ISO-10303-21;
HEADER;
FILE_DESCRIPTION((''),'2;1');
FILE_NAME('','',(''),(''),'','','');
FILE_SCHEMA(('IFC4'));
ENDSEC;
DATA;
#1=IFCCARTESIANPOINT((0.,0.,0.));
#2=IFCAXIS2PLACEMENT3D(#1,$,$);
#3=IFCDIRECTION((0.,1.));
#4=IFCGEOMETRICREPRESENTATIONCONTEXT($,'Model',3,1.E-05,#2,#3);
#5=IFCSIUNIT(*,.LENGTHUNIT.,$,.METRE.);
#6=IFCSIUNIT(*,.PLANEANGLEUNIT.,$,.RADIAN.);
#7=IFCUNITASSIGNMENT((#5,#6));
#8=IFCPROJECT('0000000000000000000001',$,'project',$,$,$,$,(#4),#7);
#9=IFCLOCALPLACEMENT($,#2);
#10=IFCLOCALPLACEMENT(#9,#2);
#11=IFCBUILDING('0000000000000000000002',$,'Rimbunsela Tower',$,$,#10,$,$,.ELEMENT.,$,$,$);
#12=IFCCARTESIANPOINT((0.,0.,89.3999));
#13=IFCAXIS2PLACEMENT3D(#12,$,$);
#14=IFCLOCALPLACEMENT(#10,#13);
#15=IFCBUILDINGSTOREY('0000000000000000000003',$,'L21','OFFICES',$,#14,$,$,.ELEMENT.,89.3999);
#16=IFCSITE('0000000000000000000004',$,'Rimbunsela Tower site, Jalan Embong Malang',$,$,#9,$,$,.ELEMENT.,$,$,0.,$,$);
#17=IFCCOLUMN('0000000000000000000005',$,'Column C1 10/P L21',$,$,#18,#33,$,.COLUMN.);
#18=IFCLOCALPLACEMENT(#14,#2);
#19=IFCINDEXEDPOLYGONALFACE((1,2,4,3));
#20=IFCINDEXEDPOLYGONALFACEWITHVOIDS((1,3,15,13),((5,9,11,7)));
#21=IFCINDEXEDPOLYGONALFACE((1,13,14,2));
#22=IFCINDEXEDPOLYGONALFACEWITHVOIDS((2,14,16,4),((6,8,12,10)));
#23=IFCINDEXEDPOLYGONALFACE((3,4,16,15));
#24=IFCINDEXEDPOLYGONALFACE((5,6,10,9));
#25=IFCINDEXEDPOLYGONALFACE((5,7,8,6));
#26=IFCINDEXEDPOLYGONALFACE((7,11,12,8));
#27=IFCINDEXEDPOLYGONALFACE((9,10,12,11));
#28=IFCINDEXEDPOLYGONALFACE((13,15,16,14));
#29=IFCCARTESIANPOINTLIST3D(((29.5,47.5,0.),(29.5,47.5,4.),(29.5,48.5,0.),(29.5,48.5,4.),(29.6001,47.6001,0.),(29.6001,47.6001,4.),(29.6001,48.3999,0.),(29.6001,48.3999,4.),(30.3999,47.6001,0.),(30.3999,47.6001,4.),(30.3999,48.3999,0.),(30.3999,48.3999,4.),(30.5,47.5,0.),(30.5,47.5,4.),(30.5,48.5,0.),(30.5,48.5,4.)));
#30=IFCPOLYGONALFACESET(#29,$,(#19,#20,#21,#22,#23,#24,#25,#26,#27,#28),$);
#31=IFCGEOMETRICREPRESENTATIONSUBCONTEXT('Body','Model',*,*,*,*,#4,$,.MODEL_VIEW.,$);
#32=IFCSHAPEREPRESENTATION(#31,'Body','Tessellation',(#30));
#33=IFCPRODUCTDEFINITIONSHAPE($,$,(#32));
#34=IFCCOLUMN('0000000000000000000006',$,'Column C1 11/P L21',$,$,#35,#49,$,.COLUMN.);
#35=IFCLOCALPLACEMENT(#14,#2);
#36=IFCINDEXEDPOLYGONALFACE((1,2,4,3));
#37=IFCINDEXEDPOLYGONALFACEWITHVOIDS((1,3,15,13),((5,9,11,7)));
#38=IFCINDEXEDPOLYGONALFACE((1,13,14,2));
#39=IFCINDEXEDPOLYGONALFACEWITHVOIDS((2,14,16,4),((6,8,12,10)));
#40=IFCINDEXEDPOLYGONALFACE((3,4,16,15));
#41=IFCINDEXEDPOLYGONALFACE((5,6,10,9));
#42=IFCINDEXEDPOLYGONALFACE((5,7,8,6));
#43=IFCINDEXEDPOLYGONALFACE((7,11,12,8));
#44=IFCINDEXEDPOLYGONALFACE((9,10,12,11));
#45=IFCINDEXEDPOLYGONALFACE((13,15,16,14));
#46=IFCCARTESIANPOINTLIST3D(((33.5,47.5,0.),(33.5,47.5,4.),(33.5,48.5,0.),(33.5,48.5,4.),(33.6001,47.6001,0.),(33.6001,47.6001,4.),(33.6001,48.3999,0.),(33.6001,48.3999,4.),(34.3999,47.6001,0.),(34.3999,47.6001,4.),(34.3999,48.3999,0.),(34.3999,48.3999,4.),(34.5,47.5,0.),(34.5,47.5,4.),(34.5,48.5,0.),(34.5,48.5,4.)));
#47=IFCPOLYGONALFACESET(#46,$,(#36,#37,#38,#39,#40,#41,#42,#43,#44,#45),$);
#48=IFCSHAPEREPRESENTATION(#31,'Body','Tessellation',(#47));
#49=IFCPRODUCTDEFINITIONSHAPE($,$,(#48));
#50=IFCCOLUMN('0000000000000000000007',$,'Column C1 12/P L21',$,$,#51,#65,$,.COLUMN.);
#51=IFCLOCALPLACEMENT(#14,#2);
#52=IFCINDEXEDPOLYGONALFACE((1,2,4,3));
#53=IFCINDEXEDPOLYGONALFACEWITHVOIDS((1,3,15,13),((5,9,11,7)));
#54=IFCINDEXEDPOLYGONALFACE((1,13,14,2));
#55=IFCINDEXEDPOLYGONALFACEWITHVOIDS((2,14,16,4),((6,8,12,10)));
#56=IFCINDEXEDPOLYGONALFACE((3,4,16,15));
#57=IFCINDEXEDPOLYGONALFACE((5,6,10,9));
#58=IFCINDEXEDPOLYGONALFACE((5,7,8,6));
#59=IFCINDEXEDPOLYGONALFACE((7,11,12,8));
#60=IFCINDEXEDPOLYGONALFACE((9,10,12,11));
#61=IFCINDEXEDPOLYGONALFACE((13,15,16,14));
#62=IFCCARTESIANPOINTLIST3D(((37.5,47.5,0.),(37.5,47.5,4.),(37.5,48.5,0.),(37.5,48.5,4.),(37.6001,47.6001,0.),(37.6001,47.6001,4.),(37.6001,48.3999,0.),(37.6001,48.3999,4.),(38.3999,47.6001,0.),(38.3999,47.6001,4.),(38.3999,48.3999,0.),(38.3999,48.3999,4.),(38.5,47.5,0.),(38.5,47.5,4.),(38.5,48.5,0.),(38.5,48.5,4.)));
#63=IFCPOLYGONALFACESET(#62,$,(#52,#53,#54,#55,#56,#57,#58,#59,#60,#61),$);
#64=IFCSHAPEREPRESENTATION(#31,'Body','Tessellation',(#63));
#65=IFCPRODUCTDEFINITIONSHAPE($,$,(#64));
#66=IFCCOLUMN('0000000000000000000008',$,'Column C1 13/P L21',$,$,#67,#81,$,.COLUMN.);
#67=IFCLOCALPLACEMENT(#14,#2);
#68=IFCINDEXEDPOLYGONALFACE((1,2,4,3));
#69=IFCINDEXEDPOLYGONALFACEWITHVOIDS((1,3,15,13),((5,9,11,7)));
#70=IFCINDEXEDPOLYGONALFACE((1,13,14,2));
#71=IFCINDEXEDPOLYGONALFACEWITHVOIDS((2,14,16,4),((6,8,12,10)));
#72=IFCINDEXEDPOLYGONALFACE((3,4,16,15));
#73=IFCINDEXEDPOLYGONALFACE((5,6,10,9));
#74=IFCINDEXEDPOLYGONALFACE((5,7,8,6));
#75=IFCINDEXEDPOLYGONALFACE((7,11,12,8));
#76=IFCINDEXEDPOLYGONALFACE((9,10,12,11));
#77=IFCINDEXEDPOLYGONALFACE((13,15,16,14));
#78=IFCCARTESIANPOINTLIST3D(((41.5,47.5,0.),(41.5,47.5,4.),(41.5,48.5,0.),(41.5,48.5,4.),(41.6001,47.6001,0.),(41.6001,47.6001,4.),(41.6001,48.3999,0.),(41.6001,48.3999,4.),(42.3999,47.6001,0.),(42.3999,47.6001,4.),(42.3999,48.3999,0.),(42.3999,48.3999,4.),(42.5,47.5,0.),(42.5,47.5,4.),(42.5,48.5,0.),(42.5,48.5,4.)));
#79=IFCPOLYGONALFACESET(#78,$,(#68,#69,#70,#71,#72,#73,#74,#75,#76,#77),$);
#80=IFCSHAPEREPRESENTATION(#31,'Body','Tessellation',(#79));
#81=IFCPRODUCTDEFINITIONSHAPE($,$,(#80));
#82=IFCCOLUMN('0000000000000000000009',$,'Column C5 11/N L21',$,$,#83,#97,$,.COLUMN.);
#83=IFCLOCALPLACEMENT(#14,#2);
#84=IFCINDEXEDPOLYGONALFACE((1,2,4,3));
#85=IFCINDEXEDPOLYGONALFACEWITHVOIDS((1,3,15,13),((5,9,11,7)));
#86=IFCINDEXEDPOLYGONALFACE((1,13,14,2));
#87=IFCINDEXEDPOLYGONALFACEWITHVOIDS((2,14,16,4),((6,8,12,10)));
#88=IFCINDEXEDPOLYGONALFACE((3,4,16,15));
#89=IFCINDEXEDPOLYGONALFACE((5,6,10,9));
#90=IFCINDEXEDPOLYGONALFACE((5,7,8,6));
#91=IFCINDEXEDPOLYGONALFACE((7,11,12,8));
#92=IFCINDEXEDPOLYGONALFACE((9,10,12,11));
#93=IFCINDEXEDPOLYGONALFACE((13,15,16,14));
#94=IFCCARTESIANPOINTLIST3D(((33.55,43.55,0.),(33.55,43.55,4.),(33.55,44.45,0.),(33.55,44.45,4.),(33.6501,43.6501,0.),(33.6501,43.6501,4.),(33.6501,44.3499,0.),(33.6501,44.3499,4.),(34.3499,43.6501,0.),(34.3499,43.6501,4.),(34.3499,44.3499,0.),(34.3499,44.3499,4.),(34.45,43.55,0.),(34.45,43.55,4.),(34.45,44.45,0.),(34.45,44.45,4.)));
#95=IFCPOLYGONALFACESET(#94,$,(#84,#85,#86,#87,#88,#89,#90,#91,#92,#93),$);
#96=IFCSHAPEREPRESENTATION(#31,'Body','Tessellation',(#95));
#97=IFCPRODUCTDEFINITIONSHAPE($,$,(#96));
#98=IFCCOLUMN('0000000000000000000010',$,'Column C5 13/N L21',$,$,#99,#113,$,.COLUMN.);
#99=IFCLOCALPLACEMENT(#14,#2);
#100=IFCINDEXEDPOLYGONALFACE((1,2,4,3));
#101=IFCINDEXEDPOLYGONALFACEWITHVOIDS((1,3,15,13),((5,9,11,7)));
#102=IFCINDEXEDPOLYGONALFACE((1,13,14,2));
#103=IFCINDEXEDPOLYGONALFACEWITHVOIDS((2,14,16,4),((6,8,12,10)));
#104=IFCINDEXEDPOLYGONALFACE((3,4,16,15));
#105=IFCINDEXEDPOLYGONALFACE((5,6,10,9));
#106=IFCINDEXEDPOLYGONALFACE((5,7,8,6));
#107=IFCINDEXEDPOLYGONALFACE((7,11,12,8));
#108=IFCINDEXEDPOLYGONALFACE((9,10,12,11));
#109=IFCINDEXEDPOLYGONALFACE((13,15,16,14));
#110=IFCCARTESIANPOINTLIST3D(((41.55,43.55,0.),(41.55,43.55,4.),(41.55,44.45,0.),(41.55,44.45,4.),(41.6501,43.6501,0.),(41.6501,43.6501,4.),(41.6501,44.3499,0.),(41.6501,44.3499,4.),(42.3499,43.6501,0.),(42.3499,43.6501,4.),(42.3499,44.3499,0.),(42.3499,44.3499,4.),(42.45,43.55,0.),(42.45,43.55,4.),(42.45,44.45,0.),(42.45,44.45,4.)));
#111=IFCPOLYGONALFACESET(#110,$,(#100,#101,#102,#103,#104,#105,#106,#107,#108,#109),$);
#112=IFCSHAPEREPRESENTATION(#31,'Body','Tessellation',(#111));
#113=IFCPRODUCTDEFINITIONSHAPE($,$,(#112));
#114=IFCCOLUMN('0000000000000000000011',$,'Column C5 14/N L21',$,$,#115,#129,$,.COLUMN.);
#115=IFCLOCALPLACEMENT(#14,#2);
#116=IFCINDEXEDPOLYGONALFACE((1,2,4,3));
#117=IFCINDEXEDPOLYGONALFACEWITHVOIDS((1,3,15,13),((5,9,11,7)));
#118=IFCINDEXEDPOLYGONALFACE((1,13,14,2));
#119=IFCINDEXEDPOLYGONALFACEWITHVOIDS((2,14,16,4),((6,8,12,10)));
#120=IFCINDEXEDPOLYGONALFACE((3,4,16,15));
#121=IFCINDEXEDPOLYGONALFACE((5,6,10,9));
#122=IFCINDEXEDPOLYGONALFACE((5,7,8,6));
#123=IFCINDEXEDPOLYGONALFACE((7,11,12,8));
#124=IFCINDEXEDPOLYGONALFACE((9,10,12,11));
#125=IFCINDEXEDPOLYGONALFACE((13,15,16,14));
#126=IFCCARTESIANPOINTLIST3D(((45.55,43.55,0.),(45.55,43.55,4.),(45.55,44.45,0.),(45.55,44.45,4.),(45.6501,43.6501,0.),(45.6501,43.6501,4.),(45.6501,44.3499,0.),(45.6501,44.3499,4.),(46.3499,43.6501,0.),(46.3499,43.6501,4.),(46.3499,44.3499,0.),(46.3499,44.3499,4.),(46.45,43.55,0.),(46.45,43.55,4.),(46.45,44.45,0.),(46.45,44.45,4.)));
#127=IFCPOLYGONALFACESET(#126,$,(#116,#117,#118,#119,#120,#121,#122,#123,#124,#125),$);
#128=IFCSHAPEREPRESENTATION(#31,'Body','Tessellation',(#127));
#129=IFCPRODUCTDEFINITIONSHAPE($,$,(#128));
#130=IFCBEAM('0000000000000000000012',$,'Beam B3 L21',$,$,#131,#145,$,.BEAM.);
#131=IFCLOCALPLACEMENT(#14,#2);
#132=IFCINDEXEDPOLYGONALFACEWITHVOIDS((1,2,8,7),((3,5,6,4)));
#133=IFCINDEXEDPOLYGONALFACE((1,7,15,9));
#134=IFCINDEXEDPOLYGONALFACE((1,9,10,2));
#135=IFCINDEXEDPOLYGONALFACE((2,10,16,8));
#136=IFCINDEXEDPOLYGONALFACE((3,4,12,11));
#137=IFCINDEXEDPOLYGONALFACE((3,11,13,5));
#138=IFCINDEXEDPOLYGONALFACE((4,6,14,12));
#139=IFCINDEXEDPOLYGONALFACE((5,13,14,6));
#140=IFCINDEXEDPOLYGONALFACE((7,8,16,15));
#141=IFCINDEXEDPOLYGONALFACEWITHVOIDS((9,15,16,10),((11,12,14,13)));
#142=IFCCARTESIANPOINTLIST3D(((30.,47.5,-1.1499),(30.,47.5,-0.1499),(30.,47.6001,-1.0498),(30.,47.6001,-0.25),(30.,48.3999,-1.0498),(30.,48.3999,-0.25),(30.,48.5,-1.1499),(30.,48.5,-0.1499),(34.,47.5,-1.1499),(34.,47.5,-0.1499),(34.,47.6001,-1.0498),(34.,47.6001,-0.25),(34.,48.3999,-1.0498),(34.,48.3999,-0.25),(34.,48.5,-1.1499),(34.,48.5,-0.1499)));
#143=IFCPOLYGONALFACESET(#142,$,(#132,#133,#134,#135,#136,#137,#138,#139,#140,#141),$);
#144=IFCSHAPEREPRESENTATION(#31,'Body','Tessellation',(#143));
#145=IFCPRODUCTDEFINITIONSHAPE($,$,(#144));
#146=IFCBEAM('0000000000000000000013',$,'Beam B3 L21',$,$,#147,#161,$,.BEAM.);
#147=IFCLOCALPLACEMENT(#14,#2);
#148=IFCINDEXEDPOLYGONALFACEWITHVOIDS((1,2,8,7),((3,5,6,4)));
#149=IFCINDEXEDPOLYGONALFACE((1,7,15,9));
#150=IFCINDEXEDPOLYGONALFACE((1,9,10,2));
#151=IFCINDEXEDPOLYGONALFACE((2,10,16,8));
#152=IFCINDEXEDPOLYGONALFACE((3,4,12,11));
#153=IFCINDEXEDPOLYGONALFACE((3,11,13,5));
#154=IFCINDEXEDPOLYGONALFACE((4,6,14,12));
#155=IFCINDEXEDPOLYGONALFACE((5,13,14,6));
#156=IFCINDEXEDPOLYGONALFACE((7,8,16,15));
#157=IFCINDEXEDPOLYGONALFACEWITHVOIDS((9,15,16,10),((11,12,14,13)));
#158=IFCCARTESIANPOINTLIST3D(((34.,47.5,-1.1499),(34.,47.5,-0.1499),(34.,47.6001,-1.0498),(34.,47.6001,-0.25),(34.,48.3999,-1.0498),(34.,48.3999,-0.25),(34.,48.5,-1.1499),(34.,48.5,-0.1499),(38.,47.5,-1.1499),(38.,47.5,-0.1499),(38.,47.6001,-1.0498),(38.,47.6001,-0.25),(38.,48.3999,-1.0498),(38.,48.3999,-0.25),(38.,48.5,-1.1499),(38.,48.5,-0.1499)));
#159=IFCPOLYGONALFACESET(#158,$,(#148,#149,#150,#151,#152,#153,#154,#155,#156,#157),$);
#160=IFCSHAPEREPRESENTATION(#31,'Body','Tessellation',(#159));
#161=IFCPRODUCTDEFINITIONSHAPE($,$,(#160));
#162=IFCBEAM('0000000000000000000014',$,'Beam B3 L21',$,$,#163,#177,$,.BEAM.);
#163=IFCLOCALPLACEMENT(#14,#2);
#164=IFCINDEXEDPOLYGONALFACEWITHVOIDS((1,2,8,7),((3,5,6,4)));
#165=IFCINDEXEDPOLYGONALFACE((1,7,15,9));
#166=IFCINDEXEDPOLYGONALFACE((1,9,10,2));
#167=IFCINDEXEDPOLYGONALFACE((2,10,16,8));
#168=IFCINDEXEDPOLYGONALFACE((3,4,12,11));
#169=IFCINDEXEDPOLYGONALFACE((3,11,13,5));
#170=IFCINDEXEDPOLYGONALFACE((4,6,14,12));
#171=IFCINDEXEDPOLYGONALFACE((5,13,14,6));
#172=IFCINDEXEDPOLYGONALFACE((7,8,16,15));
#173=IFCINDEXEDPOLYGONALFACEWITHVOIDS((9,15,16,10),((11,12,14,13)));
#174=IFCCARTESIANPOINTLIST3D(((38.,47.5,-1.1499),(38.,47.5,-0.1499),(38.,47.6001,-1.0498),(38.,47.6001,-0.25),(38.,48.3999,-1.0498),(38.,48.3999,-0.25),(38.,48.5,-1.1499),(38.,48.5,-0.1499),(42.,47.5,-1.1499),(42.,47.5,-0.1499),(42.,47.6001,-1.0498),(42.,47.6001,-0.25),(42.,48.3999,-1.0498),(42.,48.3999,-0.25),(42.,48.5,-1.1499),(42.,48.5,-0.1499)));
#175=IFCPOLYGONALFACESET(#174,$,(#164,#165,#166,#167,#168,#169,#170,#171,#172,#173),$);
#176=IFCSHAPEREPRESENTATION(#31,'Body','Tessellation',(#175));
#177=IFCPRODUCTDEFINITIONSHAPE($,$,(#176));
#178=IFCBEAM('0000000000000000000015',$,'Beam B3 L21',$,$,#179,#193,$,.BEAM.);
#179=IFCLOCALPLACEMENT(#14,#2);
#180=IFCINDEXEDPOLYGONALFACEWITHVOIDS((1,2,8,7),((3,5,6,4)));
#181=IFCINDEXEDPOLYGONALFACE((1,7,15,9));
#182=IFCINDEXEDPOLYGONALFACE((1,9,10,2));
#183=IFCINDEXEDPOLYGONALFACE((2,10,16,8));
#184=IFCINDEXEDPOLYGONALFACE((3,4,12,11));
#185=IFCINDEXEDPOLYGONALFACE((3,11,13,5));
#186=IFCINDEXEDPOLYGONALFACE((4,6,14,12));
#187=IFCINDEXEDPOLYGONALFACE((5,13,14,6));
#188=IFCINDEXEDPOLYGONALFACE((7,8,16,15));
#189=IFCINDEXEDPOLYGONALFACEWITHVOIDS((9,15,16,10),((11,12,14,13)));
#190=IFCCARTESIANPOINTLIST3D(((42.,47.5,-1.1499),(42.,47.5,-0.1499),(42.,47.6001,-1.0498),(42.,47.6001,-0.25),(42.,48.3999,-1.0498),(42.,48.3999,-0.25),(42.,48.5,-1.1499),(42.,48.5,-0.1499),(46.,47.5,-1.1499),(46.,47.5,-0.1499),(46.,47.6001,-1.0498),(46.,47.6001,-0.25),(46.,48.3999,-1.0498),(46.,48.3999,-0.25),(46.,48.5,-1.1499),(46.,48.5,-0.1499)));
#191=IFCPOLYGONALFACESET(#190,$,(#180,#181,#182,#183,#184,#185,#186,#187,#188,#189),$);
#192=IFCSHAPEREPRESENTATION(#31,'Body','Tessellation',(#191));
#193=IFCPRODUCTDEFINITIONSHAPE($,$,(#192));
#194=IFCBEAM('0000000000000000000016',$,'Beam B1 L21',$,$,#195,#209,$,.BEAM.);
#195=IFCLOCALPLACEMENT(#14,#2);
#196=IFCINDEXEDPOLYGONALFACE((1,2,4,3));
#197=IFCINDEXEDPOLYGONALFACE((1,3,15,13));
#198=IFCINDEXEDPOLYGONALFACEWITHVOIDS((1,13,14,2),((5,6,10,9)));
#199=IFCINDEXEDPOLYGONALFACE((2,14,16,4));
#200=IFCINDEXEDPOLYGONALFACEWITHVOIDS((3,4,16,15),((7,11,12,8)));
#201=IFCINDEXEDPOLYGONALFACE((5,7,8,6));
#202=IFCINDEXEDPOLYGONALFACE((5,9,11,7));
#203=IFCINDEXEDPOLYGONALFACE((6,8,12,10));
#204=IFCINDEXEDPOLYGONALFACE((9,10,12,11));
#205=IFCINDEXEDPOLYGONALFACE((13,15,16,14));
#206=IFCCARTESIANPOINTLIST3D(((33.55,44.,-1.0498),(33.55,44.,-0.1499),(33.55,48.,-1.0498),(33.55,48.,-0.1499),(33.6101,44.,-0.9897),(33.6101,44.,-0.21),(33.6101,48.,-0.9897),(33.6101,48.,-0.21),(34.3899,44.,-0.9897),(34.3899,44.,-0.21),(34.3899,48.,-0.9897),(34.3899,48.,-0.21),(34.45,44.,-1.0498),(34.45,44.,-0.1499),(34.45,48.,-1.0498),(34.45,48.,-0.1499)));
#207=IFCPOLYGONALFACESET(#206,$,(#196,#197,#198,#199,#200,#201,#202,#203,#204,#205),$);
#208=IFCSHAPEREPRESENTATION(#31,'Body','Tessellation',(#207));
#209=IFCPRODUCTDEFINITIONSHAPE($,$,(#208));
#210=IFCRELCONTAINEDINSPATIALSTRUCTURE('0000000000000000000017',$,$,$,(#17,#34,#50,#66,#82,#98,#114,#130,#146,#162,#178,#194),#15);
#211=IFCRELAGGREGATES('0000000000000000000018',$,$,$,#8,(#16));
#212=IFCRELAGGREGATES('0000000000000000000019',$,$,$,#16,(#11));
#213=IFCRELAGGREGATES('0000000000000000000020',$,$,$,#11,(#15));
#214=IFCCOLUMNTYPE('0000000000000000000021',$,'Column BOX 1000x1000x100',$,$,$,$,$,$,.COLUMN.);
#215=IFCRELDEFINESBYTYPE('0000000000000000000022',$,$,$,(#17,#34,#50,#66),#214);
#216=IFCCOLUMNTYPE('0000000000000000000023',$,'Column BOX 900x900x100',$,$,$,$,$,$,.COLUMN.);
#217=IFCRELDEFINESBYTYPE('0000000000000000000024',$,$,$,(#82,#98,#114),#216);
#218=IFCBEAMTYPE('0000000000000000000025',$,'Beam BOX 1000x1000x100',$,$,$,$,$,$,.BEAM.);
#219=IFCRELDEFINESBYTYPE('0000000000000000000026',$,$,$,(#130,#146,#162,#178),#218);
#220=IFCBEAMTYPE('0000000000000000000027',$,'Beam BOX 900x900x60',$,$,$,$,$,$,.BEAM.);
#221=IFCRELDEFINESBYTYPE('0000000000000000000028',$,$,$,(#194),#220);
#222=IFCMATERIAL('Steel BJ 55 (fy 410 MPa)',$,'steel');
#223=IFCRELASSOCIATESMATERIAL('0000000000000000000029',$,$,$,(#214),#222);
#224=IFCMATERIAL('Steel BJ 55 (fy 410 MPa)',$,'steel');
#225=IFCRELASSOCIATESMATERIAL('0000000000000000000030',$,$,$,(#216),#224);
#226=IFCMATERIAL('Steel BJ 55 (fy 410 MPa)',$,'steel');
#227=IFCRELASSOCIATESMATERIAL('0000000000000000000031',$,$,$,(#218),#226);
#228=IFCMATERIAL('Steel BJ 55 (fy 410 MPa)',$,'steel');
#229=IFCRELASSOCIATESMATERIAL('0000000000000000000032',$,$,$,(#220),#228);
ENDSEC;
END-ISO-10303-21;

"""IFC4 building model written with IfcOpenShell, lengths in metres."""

from ifc_helpers import new_model, si_unit, direction, frame, origin, origin_2d, place, context, subcontext, project, spatial, hollow_rectangle, extrude, material, material_profile, profile_set, type_object, element, save


model = new_model("IFC4")

# Units and contexts
model_context = context("Model", 3, precision=1e-05, world=origin(), true_north=direction((0.0, 1.0)))
body_context = subcontext(model_context, "Body", "Model", "MODEL_VIEW")
ifc_project = project(units=[si_unit("LENGTHUNIT", "METRE"), si_unit("PLANEANGLEUNIT", "RADIAN")], contexts=[model_context])

# Site, building, storey
site_placement = place(None, origin())
site = spatial("IfcSite", under=ifc_project, at=site_placement, Name="Rimbunsela Tower site, Jalan Embong Malang", CompositionType="ELEMENT", RefElevation=0.0)
building_placement = place(site_placement, origin())
building = spatial("IfcBuilding", under=site, at=building_placement, Name="Rimbunsela Tower", CompositionType="ELEMENT")
storey_placement = place(building_placement, frame((0.0, 0.0, 89.3999)))
storey = spatial("IfcBuildingStorey", under=building, at=storey_placement, Name="L21", Description="OFFICES", CompositionType="ELEMENT", Elevation=89.3999)

# Columns
ifc_material_1 = material(Name="Steel BJ 55 (fy 410 MPa)", Category="steel")
ifc_material_profile_1 = material_profile(ifc_material_1, hollow_rectangle(XDim=1.0, YDim=1.0, WallThickness=0.1001, at=origin_2d()), Name="BOX 1000x1000x100")
ifc_profile_set_1 = profile_set([ifc_material_profile_1], Name="Steel BJ 55 (fy 410 MPa)")
column_type_1 = type_object("IfcColumnType", Name="Column BOX 1000x1000x100", PredefinedType="COLUMN", material=ifc_profile_set_1)
for number, where, z_axis, x_axis, name in (
    (1, (30.0, 48.0, 0.0), (0.0, 0.0, 1.0), (1.0, 0.0, 0.0), "Column C1 10/P L21"),
    (2, (34.0, 48.0, 0.0), (0.0, 0.0, 1.0), (1.0, 0.0, 0.0), "Column C1 11/P L21"),
    (3, (38.0, 48.0, 0.0), (0.0, 0.0, 1.0), (1.0, 0.0, 0.0), "Column C1 12/P L21"),
    (4, (42.0, 48.0, 0.0), (0.0, 0.0, 1.0), (1.0, 0.0, 0.0), "Column C1 13/P L21"),
):
    element("IfcColumn", number, at=place(storey_placement, frame(where, z_axis=z_axis, x_axis=x_axis)), inside=storey, type_object=column_type_1, Name=name, PredefinedType="COLUMN", context=body_context, shape_type="SweptSolid", body=[
        extrude(hollow_rectangle(XDim=1.0, YDim=1.0, WallThickness=0.1001, at=origin_2d()), origin(), (0.0, 0.0, 1.0), 4.0),
    ])
ifc_material_2 = material(Name="Steel BJ 55 (fy 410 MPa)", Category="steel")
ifc_material_profile_2 = material_profile(ifc_material_2, hollow_rectangle(XDim=0.8999, YDim=0.8999, WallThickness=0.1001, at=origin_2d()), Name="BOX 900x900x100")
ifc_profile_set_2 = profile_set([ifc_material_profile_2], Name="Steel BJ 55 (fy 410 MPa)")
column_type_2 = type_object("IfcColumnType", Name="Column BOX 900x900x100", PredefinedType="COLUMN", material=ifc_profile_set_2)
for number, where, z_axis, x_axis, name in (
    (5, (34.0, 44.0, 0.0), (0.0, 0.0, 1.0), (1.0, 0.0, 0.0), "Column C5 11/N L21"),
    (6, (42.0, 44.0, 0.0), (0.0, 0.0, 1.0), (1.0, 0.0, 0.0), "Column C5 13/N L21"),
    (7, (46.0, 44.0, 0.0), (0.0, 0.0, 1.0), (1.0, 0.0, 0.0), "Column C5 14/N L21"),
):
    element("IfcColumn", number, at=place(storey_placement, frame(where, z_axis=z_axis, x_axis=x_axis)), inside=storey, type_object=column_type_2, Name=name, PredefinedType="COLUMN", context=body_context, shape_type="SweptSolid", body=[
        extrude(hollow_rectangle(XDim=0.8999, YDim=0.8999, WallThickness=0.1001, at=origin_2d()), origin(), (0.0, 0.0, 1.0), 4.0),
    ])

# Beams
ifc_material_3 = material(Name="Steel BJ 55 (fy 410 MPa)", Category="steel")
ifc_material_profile_3 = material_profile(ifc_material_3, hollow_rectangle(XDim=1.0, YDim=1.0, WallThickness=0.1001, at=origin_2d()), Name="BOX 1000x1000x100")
ifc_profile_set_3 = profile_set([ifc_material_profile_3], Name="Steel BJ 55 (fy 410 MPa)")
beam_type_1 = type_object("IfcBeamType", Name="Beam BOX 1000x1000x100", PredefinedType="BEAM", material=ifc_profile_set_3)
for number, where, z_axis, x_axis, name in (
    (8, (30.0, 48.0, -0.6499), (1.0, 0.0, 0.0), (0.0, 1.0, 0.0), "Beam B3 L21"),
    (9, (34.0, 48.0, -0.6499), (1.0, 0.0, 0.0), (0.0, 1.0, 0.0), "Beam B3 L21"),
    (10, (38.0, 48.0, -0.6499), (1.0, 0.0, 0.0), (0.0, 1.0, 0.0), "Beam B3 L21"),
    (11, (42.0, 48.0, -0.6499), (1.0, 0.0, 0.0), (0.0, 1.0, 0.0), "Beam B3 L21"),
):
    element("IfcBeam", number, at=place(storey_placement, frame(where, z_axis=z_axis, x_axis=x_axis)), inside=storey, type_object=beam_type_1, Name=name, PredefinedType="BEAM", context=body_context, shape_type="SweptSolid", body=[
        extrude(hollow_rectangle(XDim=1.0, YDim=1.0, WallThickness=0.1001, at=origin_2d()), origin(), (0.0, 0.0, 1.0), 4.0),
    ])
ifc_material_4 = material(Name="Steel BJ 55 (fy 410 MPa)", Category="steel")
ifc_material_profile_4 = material_profile(ifc_material_4, hollow_rectangle(XDim=0.8999, YDim=0.8999, WallThickness=0.0601, at=origin_2d()), Name="BOX 900x900x60")
ifc_profile_set_4 = profile_set([ifc_material_profile_4], Name="Steel BJ 55 (fy 410 MPa)")
beam_type_2 = type_object("IfcBeamType", Name="Beam BOX 900x900x60", PredefinedType="BEAM", material=ifc_profile_set_4)
for number, where, z_axis, x_axis, name in (
    (12, (34.0, 44.0, -0.5999), (0.0, 1.0, 0.0), (-1.0, 0.0, 0.0), "Beam B1 L21"),
):
    element("IfcBeam", number, at=place(storey_placement, frame(where, z_axis=z_axis, x_axis=x_axis)), inside=storey, type_object=beam_type_2, Name=name, PredefinedType="BEAM", context=body_context, shape_type="SweptSolid", body=[
        extrude(hollow_rectangle(XDim=0.8999, YDim=0.8999, WallThickness=0.0601, at=origin_2d()), origin(), (0.0, 0.0, 1.0), 4.0),
    ])

save(model, "model.ifc")
